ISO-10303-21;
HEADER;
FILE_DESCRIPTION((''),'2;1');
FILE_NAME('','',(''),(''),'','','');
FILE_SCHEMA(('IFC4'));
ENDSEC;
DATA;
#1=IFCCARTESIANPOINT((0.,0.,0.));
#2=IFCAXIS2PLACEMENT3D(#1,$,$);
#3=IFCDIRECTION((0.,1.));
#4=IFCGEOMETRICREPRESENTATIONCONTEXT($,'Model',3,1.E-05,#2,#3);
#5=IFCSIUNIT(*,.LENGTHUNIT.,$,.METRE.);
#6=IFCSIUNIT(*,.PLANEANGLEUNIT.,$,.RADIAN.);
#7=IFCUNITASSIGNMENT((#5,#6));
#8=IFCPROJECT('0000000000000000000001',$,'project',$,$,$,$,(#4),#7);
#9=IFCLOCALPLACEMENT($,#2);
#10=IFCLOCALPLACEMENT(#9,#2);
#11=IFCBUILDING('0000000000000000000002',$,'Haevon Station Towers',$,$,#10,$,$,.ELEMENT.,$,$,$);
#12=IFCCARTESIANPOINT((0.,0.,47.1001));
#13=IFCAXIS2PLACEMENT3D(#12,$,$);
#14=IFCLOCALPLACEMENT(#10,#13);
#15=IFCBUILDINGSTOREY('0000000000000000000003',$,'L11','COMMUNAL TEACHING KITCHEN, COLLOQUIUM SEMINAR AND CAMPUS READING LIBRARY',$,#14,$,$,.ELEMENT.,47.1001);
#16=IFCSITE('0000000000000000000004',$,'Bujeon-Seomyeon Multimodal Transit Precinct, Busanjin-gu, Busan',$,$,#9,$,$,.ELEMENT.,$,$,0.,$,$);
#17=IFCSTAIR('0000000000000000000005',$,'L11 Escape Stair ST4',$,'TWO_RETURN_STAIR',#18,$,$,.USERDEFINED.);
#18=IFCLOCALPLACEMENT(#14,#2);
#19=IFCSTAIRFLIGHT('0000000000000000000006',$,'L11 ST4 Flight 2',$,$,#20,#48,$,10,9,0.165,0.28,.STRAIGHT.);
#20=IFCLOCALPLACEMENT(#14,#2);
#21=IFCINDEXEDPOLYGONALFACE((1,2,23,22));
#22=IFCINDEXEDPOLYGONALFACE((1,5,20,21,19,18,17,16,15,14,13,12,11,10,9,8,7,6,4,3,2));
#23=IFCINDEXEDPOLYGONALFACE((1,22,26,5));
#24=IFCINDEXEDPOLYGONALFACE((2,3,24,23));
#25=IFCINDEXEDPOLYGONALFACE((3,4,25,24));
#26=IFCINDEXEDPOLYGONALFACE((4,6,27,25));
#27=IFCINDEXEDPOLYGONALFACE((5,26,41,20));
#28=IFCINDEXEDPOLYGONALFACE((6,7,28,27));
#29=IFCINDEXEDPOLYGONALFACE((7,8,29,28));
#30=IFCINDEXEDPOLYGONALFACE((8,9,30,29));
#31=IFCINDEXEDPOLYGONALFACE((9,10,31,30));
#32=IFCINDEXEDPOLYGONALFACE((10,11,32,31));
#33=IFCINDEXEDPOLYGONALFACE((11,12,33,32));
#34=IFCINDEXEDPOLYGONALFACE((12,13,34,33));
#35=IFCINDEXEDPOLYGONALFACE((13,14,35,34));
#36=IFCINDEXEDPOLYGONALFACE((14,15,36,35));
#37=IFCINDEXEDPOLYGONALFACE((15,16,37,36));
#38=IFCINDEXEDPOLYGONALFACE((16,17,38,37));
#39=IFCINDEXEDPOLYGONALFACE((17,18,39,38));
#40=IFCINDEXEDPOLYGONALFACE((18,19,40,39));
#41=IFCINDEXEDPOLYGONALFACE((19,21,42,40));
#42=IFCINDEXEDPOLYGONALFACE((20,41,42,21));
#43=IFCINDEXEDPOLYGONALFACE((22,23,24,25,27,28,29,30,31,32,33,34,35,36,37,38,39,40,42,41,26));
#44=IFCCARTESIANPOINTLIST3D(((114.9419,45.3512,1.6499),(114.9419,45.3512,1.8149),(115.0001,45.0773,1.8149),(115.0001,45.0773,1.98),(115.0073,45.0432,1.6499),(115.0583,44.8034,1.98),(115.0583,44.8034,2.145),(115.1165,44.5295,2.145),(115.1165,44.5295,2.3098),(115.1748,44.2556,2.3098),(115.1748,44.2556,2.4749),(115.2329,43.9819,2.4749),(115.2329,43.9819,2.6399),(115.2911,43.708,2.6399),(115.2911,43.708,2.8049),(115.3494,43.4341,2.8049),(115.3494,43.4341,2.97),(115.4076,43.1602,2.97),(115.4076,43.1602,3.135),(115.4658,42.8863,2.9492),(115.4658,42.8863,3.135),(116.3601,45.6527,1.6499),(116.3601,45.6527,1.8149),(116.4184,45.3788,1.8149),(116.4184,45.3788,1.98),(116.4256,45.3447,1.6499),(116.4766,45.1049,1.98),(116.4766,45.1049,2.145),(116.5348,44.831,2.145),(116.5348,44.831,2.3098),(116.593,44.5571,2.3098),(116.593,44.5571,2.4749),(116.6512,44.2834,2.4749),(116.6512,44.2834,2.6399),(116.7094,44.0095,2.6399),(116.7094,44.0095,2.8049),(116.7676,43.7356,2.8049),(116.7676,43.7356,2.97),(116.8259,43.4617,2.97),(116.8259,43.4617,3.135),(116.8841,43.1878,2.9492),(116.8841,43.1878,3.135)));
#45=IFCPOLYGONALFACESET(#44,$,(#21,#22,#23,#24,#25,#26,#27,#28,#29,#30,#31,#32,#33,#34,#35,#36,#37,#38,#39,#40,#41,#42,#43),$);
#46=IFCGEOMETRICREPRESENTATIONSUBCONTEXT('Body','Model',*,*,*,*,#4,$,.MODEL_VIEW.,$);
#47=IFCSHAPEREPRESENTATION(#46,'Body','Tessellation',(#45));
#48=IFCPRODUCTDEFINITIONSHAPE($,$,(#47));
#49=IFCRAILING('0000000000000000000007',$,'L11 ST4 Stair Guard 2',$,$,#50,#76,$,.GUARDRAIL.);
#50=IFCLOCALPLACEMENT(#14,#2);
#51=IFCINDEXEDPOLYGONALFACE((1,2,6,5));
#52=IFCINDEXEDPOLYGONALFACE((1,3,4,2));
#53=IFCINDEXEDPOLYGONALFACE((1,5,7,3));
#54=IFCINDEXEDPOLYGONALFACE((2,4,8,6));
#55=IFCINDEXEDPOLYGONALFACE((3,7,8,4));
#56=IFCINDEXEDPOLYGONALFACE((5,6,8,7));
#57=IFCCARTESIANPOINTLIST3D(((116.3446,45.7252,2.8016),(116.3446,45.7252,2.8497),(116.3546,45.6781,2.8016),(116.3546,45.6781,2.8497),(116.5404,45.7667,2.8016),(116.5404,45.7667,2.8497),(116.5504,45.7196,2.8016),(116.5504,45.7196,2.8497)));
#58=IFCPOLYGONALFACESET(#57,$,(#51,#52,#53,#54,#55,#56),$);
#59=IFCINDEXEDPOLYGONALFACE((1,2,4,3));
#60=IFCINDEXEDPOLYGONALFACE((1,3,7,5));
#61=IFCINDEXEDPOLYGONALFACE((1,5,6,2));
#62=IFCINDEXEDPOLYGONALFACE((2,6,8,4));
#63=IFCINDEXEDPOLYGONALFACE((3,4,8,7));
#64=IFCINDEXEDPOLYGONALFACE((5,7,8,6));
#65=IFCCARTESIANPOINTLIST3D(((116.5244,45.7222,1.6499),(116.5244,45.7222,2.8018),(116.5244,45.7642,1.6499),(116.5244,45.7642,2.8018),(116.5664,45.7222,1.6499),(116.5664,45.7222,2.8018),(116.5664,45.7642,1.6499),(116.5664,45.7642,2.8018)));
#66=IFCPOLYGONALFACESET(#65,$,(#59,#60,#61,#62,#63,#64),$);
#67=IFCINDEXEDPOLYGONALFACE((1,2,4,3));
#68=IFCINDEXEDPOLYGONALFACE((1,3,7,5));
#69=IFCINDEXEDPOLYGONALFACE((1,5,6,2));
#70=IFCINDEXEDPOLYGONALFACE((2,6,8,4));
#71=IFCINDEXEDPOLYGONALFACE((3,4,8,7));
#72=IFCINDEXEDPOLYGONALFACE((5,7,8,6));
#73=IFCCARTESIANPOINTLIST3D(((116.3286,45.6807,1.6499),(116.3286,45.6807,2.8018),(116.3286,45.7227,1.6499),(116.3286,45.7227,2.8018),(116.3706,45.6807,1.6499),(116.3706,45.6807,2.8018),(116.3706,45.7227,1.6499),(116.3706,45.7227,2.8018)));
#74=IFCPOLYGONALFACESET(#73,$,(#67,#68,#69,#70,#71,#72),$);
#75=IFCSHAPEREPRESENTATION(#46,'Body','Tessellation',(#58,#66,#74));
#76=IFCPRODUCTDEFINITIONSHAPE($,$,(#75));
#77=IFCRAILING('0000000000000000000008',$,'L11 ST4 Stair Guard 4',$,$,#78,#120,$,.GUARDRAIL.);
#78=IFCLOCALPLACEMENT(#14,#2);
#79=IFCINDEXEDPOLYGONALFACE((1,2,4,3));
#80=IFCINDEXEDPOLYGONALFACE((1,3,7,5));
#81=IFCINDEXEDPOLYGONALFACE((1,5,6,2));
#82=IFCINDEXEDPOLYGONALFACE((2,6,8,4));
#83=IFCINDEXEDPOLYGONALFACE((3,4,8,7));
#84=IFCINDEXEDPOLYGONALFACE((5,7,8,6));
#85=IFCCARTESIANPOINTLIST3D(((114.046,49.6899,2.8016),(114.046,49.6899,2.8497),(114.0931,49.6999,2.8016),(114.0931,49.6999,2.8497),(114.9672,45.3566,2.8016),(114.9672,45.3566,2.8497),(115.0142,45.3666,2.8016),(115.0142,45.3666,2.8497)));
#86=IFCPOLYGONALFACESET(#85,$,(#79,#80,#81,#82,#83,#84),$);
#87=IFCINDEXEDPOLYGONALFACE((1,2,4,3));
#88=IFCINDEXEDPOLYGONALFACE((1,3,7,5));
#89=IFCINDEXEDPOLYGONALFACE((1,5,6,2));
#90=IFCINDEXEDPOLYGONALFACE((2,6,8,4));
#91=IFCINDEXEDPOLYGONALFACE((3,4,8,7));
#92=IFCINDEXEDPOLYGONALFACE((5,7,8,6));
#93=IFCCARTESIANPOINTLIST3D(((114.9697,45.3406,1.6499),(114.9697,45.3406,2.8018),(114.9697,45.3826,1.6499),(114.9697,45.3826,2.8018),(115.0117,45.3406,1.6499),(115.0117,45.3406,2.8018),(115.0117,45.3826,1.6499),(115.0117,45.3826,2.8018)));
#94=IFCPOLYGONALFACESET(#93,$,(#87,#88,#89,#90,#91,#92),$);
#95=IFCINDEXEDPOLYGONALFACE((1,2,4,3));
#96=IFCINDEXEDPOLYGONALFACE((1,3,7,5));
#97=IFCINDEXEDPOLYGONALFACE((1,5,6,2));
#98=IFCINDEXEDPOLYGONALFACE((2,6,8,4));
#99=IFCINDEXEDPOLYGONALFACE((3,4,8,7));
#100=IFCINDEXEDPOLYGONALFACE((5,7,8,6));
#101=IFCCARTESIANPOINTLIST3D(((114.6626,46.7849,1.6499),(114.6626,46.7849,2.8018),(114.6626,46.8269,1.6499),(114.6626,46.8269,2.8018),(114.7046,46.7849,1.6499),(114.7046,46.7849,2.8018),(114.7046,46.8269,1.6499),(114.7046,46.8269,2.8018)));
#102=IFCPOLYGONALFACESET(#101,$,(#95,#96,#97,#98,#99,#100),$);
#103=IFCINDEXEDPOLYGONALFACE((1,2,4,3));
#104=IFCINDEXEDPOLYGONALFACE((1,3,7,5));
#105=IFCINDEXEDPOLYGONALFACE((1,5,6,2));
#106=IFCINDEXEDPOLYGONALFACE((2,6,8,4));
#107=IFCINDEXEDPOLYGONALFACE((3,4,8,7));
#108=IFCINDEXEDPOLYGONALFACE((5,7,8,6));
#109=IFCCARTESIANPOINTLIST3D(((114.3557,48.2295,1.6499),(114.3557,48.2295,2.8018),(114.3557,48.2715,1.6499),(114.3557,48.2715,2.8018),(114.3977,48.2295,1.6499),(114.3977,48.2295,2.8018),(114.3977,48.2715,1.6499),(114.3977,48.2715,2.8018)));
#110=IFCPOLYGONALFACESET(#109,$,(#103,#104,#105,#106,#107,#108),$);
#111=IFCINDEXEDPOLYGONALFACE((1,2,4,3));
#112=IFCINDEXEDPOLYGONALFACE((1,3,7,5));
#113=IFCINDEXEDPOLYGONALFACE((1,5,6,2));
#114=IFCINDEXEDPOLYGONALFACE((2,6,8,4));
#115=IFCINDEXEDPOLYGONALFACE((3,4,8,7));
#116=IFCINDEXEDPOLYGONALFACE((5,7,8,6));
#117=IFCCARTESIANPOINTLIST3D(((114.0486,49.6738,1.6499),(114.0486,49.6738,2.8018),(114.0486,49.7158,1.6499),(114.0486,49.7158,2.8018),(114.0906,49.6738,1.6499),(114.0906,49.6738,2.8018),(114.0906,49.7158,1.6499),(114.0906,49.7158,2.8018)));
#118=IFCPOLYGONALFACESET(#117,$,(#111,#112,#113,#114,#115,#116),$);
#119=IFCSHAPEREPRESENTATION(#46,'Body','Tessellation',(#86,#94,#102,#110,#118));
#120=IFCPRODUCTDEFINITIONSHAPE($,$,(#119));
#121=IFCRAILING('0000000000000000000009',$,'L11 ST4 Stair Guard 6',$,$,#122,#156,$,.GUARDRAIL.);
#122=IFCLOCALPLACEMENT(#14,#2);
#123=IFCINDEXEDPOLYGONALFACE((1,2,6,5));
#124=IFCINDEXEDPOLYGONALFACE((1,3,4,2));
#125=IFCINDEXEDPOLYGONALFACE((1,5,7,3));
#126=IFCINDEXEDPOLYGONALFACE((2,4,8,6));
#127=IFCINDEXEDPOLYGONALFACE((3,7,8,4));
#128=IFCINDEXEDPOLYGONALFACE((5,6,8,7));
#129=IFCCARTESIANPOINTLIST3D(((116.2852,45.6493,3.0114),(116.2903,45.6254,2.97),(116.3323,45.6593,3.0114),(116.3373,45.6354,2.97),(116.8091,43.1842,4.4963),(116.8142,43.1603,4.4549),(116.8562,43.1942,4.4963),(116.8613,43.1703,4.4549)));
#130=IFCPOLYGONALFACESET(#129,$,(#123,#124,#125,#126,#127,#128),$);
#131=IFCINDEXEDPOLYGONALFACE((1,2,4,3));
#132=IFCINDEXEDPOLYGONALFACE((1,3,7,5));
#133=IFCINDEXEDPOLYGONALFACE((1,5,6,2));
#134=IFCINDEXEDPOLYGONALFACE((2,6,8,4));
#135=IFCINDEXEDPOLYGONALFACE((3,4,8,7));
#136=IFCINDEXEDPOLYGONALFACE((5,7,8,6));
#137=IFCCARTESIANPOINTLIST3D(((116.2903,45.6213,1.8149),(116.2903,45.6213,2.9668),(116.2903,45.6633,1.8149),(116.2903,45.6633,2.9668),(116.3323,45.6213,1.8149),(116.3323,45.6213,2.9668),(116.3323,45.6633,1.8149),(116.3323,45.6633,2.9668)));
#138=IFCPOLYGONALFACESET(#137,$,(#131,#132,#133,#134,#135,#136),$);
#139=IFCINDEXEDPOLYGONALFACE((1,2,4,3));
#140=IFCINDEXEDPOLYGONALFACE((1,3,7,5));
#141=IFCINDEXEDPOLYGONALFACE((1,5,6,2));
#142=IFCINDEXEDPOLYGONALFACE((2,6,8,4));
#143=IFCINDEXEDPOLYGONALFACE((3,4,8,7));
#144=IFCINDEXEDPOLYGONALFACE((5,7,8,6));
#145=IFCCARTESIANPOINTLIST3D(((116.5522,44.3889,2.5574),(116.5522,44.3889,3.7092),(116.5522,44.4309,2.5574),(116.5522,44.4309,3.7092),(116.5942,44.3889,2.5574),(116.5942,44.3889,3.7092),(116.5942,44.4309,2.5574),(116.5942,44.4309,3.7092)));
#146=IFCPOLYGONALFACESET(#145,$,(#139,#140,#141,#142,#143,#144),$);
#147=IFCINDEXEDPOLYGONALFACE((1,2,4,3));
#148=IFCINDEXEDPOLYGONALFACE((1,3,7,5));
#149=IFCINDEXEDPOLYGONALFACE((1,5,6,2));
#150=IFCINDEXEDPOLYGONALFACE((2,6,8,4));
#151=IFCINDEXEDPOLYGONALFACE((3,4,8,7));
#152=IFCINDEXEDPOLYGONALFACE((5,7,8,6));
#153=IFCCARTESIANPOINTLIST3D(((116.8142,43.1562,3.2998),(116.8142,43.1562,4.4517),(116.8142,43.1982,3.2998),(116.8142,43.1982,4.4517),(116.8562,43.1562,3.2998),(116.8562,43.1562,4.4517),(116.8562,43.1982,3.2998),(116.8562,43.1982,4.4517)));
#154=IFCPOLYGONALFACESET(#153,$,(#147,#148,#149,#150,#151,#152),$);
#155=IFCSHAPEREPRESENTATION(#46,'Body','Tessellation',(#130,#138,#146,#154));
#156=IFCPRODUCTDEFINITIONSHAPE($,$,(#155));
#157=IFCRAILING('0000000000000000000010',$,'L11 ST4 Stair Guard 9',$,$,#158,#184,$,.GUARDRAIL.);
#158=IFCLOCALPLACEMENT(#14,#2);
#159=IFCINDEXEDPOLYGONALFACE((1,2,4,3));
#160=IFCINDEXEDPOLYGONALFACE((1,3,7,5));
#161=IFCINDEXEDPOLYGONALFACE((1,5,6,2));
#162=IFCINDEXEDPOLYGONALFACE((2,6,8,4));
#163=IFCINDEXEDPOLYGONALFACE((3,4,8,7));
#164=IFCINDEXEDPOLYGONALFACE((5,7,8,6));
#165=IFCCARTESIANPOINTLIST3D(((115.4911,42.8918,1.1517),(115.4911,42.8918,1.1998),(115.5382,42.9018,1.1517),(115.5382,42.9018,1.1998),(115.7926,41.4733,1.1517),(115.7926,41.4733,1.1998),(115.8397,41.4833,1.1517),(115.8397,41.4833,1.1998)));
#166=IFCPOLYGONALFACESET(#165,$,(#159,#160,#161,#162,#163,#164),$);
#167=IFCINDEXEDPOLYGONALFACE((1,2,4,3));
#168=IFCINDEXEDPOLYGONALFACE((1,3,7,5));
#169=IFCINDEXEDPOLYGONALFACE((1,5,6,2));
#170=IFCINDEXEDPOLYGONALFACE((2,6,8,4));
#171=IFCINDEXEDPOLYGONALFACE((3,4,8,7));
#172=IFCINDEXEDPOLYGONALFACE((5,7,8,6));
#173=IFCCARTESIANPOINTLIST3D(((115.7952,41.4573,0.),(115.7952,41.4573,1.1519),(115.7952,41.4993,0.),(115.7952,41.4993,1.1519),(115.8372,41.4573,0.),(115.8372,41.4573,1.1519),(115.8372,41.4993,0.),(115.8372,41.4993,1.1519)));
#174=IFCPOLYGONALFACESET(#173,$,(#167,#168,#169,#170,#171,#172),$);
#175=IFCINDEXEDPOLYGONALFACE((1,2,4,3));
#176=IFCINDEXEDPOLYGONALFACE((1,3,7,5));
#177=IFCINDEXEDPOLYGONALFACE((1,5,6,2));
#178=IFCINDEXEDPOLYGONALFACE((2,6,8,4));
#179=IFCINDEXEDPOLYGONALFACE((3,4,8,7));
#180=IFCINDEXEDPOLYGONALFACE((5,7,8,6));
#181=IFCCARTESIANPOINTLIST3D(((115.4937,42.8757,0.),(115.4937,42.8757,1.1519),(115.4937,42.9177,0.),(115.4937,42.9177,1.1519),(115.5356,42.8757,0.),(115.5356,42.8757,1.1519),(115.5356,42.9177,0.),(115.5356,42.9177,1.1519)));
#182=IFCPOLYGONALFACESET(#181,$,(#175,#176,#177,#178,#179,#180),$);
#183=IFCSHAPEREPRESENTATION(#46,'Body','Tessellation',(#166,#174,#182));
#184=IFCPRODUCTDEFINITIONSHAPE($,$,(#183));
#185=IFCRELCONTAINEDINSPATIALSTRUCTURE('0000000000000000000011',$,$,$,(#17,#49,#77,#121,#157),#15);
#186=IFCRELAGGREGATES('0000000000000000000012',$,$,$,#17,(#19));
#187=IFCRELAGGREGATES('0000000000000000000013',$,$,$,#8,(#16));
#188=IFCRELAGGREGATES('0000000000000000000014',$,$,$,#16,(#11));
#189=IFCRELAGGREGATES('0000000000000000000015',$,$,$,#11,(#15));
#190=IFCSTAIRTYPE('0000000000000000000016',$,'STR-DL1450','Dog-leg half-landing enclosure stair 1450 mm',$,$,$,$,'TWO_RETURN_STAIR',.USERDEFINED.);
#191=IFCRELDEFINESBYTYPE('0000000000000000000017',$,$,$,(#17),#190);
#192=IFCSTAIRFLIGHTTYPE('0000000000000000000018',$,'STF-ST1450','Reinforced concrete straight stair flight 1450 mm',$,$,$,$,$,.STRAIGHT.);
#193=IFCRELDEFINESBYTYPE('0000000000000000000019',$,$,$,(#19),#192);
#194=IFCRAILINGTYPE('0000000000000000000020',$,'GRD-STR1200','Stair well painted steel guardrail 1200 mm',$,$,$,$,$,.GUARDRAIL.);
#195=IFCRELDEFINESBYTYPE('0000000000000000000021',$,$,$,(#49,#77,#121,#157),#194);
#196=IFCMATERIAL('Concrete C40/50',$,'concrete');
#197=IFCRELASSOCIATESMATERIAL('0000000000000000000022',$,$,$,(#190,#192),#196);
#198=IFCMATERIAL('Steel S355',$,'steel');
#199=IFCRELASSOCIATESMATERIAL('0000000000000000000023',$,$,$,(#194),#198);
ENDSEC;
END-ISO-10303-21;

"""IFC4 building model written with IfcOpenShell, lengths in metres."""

from ifc_helpers import new_model, si_unit, direction, frame, origin, origin_2d, place, context, subcontext, project, spatial, polyline, rectangle, outline, extrude, material, type_object, element, aggregate, save


model = new_model("IFC4")

# Units and contexts
model_context = context("Model", 3, precision=1e-05, world=origin(), true_north=direction((0.0, 1.0)))
body_context = subcontext(model_context, "Body", "Model", "MODEL_VIEW")
ifc_project = project(units=[si_unit("LENGTHUNIT", "METRE"), si_unit("PLANEANGLEUNIT", "RADIAN")], contexts=[model_context])

# Site, building, storey
site_placement = place(None, origin())
site = spatial("IfcSite", under=ifc_project, at=site_placement, Name="Bujeon-Seomyeon Multimodal Transit Precinct, Busanjin-gu, Busan", CompositionType="ELEMENT", RefElevation=0.0)
building_placement = place(site_placement, origin())
building = spatial("IfcBuilding", under=site, at=building_placement, Name="Haevon Station Towers", CompositionType="ELEMENT")
storey_placement = place(building_placement, frame((0.0, 0.0, 47.1001)))
storey = spatial("IfcBuildingStorey", under=building, at=storey_placement, Name="L11", Description="COMMUNAL TEACHING KITCHEN, COLLOQUIUM SEMINAR AND CAMPUS READING LIBRARY", CompositionType="ELEMENT", Elevation=47.1001)

# Shared definitions
ifc_material_1 = material(Name="Steel S355", Category="steel")

# Shared definitions
ifc_material_2 = material(Name="Concrete C40/50", Category="concrete")

# Stair, stair flight
stair_type = type_object("IfcStairType", Name="STR-DL1450", Description="Dog-leg half-landing enclosure stair 1450 mm", ElementType="TWO_RETURN_STAIR", PredefinedType="USERDEFINED", material=ifc_material_2)
stair_placement = place(storey_placement, origin())
stair = element("IfcStair", 1, at=stair_placement, inside=storey, type_object=stair_type, Name="L11 Escape Stair ST4", ObjectType="TWO_RETURN_STAIR", PredefinedType="USERDEFINED")
stair_flight_type = type_object("IfcStairFlightType", Name="STF-ST1450", Description="Reinforced concrete straight stair flight 1450 mm", PredefinedType="STRAIGHT", material=ifc_material_2)
stair_flight_placement = place(storey_placement, frame((115.6509, 45.502, 1.6499), z_axis=(0.0, 0.0, 1.0), x_axis=(0.207912, -0.978148, 0.0)))
stair_flight = element("IfcStairFlight", 2, at=stair_flight_placement, type_object=stair_flight_type, Name="L11 ST4 Flight 2", NumberOfRisers=10, NumberOfTreads=9, PredefinedType="STRAIGHT", RiserHeight=0.165, TreadLength=0.28, context=body_context, shape_type="SweptSolid", body=[
    extrude(outline(polyline([(0.0, 0.0), (0.0, 0.165), (0.28, 0.165), (0.28, 0.3301), (0.5601, 0.3301), (0.5601, 0.4951), (0.8401, 0.4951), (0.8401, 0.6599), (1.1201, 0.6599), (1.1201, 0.825), (1.3999, 0.825), (1.3999, 0.99), (1.6799, 0.99), (1.6799, 1.155), (1.96, 1.155), (1.96, 1.3201), (2.24, 1.3201), (2.24, 1.4851), (2.52, 1.4851), (2.52, 1.6499), (2.52, 1.2993), (0.3149, 0.0), (0.0, 0.0)])), frame((0.0, 0.7251, 0.0), z_axis=(0.0, -1.0, 0.0), x_axis=(1.0, 0.0, 0.0)), (0.0, 0.0, 1.0), 1.45),
])
aggregate(stair, [stair_flight])

# Railings
railing_type_1 = type_object("IfcRailingType", Name="GRD-STR1200", Description="Stair well painted steel guardrail 1200 mm", PredefinedType="GUARDRAIL", material=ifc_material_1)
railing_1_placement = place(storey_placement, frame((116.5454, 45.7432, 1.6499)))
element("IfcRailing", 3, at=railing_1_placement, inside=storey, type_object=railing_type_1, Name="L11 ST4 Stair Guard 2", PredefinedType="GUARDRAIL", context=body_context, shape_type="SweptSolid", body=[
    extrude(rectangle(XDim=0.0481, YDim=0.0481, at=origin_2d()), frame((0.0, 0.0, 1.1758), z_axis=(-0.978264, -0.207363, 0.0), x_axis=(0.207363, -0.978264, 0.0)), (0.0, 0.0, 1.0), 0.2002),
    extrude(rectangle(XDim=0.042, YDim=0.042, at=origin_2d()), origin(), (0.0, 0.0, 1.0), 1.1519),
    extrude(rectangle(XDim=0.042, YDim=0.042, at=origin_2d()), frame((-0.1958, -0.0415, 0.0)), (0.0, 0.0, 1.0), 1.1519),
])
railing_2_placement = place(storey_placement, frame((114.9907, 45.3616, 1.6499)))
element("IfcRailing", 4, at=railing_2_placement, inside=storey, type_object=railing_type_1, Name="L11 ST4 Stair Guard 4", PredefinedType="GUARDRAIL", context=body_context, shape_type="SweptSolid", body=[
    extrude(rectangle(XDim=0.0481, YDim=0.0481, at=origin_2d()), frame((0.0, 0.0, 1.1758), z_axis=(-0.207929, 0.978144, 0.0), x_axis=(-0.978144, -0.207929, 0.0)), (0.0, 0.0, 1.0), 4.4302),
    extrude(rectangle(XDim=0.042, YDim=0.042, at=origin_2d()), origin(), (0.0, 0.0, 1.0), 1.1519),
    extrude(rectangle(XDim=0.042, YDim=0.042, at=origin_2d()), frame((-0.3071, 1.4443, 0.0)), (0.0, 0.0, 1.0), 1.1519),
    extrude(rectangle(XDim=0.042, YDim=0.042, at=origin_2d()), frame((-0.614, 2.8889, 0.0)), (0.0, 0.0, 1.0), 1.1519),
    extrude(rectangle(XDim=0.042, YDim=0.042, at=origin_2d()), frame((-0.9211, 4.3333, 0.0)), (0.0, 0.0, 1.0), 1.1519),
])
railing_3_placement = place(storey_placement, frame((116.3113, 45.6423, 1.8149)))
element("IfcRailing", 5, at=railing_3_placement, inside=storey, type_object=railing_type_1, Name="L11 ST4 Stair Guard 6", PredefinedType="GUARDRAIL", context=body_context, shape_type="SweptSolid", body=[
    extrude(rectangle(XDim=0.0481, YDim=0.0481, at=origin_2d()), frame((0.0, 0.0, 1.1758), z_axis=(0.179116, -0.842748, 0.507635), x_axis=(0.978151, 0.207895, 0.0)), (0.0, 0.0, 1.0), 2.925),
    extrude(rectangle(XDim=0.042, YDim=0.042, at=origin_2d()), origin(), (0.0, 0.0, 1.0), 1.1519),
    extrude(rectangle(XDim=0.042, YDim=0.042, at=origin_2d()), frame((0.262, -1.2324, 0.7424)), (0.0, 0.0, 1.0), 1.1519),
    extrude(rectangle(XDim=0.042, YDim=0.042, at=origin_2d()), frame((0.5239, -2.4651, 1.4849)), (0.0, 0.0, 1.0), 1.1519),
])
railing_4_placement = place(storey_placement, frame((115.8162, 41.4783, 0.0)))
element("IfcRailing", 6, at=railing_4_placement, inside=storey, type_object=railing_type_1, Name="L11 ST4 Stair Guard 9", PredefinedType="GUARDRAIL", context=body_context, shape_type="SweptSolid", body=[
    extrude(rectangle(XDim=0.0481, YDim=0.0481, at=origin_2d()), frame((0.0, 0.0, 1.1758), z_axis=(-0.207919, 0.978146, 0.0), x_axis=(-0.978146, -0.207919, 0.0)), (0.0, 0.0, 1.0), 1.4502),
    extrude(rectangle(XDim=0.042, YDim=0.042, at=origin_2d()), origin(), (0.0, 0.0, 1.0), 1.1519),
    extrude(rectangle(XDim=0.042, YDim=0.042, at=origin_2d()), frame((-0.3015, 1.4185, 0.0)), (0.0, 0.0, 1.0), 1.1519),
])

save(model, "model.ifc")
